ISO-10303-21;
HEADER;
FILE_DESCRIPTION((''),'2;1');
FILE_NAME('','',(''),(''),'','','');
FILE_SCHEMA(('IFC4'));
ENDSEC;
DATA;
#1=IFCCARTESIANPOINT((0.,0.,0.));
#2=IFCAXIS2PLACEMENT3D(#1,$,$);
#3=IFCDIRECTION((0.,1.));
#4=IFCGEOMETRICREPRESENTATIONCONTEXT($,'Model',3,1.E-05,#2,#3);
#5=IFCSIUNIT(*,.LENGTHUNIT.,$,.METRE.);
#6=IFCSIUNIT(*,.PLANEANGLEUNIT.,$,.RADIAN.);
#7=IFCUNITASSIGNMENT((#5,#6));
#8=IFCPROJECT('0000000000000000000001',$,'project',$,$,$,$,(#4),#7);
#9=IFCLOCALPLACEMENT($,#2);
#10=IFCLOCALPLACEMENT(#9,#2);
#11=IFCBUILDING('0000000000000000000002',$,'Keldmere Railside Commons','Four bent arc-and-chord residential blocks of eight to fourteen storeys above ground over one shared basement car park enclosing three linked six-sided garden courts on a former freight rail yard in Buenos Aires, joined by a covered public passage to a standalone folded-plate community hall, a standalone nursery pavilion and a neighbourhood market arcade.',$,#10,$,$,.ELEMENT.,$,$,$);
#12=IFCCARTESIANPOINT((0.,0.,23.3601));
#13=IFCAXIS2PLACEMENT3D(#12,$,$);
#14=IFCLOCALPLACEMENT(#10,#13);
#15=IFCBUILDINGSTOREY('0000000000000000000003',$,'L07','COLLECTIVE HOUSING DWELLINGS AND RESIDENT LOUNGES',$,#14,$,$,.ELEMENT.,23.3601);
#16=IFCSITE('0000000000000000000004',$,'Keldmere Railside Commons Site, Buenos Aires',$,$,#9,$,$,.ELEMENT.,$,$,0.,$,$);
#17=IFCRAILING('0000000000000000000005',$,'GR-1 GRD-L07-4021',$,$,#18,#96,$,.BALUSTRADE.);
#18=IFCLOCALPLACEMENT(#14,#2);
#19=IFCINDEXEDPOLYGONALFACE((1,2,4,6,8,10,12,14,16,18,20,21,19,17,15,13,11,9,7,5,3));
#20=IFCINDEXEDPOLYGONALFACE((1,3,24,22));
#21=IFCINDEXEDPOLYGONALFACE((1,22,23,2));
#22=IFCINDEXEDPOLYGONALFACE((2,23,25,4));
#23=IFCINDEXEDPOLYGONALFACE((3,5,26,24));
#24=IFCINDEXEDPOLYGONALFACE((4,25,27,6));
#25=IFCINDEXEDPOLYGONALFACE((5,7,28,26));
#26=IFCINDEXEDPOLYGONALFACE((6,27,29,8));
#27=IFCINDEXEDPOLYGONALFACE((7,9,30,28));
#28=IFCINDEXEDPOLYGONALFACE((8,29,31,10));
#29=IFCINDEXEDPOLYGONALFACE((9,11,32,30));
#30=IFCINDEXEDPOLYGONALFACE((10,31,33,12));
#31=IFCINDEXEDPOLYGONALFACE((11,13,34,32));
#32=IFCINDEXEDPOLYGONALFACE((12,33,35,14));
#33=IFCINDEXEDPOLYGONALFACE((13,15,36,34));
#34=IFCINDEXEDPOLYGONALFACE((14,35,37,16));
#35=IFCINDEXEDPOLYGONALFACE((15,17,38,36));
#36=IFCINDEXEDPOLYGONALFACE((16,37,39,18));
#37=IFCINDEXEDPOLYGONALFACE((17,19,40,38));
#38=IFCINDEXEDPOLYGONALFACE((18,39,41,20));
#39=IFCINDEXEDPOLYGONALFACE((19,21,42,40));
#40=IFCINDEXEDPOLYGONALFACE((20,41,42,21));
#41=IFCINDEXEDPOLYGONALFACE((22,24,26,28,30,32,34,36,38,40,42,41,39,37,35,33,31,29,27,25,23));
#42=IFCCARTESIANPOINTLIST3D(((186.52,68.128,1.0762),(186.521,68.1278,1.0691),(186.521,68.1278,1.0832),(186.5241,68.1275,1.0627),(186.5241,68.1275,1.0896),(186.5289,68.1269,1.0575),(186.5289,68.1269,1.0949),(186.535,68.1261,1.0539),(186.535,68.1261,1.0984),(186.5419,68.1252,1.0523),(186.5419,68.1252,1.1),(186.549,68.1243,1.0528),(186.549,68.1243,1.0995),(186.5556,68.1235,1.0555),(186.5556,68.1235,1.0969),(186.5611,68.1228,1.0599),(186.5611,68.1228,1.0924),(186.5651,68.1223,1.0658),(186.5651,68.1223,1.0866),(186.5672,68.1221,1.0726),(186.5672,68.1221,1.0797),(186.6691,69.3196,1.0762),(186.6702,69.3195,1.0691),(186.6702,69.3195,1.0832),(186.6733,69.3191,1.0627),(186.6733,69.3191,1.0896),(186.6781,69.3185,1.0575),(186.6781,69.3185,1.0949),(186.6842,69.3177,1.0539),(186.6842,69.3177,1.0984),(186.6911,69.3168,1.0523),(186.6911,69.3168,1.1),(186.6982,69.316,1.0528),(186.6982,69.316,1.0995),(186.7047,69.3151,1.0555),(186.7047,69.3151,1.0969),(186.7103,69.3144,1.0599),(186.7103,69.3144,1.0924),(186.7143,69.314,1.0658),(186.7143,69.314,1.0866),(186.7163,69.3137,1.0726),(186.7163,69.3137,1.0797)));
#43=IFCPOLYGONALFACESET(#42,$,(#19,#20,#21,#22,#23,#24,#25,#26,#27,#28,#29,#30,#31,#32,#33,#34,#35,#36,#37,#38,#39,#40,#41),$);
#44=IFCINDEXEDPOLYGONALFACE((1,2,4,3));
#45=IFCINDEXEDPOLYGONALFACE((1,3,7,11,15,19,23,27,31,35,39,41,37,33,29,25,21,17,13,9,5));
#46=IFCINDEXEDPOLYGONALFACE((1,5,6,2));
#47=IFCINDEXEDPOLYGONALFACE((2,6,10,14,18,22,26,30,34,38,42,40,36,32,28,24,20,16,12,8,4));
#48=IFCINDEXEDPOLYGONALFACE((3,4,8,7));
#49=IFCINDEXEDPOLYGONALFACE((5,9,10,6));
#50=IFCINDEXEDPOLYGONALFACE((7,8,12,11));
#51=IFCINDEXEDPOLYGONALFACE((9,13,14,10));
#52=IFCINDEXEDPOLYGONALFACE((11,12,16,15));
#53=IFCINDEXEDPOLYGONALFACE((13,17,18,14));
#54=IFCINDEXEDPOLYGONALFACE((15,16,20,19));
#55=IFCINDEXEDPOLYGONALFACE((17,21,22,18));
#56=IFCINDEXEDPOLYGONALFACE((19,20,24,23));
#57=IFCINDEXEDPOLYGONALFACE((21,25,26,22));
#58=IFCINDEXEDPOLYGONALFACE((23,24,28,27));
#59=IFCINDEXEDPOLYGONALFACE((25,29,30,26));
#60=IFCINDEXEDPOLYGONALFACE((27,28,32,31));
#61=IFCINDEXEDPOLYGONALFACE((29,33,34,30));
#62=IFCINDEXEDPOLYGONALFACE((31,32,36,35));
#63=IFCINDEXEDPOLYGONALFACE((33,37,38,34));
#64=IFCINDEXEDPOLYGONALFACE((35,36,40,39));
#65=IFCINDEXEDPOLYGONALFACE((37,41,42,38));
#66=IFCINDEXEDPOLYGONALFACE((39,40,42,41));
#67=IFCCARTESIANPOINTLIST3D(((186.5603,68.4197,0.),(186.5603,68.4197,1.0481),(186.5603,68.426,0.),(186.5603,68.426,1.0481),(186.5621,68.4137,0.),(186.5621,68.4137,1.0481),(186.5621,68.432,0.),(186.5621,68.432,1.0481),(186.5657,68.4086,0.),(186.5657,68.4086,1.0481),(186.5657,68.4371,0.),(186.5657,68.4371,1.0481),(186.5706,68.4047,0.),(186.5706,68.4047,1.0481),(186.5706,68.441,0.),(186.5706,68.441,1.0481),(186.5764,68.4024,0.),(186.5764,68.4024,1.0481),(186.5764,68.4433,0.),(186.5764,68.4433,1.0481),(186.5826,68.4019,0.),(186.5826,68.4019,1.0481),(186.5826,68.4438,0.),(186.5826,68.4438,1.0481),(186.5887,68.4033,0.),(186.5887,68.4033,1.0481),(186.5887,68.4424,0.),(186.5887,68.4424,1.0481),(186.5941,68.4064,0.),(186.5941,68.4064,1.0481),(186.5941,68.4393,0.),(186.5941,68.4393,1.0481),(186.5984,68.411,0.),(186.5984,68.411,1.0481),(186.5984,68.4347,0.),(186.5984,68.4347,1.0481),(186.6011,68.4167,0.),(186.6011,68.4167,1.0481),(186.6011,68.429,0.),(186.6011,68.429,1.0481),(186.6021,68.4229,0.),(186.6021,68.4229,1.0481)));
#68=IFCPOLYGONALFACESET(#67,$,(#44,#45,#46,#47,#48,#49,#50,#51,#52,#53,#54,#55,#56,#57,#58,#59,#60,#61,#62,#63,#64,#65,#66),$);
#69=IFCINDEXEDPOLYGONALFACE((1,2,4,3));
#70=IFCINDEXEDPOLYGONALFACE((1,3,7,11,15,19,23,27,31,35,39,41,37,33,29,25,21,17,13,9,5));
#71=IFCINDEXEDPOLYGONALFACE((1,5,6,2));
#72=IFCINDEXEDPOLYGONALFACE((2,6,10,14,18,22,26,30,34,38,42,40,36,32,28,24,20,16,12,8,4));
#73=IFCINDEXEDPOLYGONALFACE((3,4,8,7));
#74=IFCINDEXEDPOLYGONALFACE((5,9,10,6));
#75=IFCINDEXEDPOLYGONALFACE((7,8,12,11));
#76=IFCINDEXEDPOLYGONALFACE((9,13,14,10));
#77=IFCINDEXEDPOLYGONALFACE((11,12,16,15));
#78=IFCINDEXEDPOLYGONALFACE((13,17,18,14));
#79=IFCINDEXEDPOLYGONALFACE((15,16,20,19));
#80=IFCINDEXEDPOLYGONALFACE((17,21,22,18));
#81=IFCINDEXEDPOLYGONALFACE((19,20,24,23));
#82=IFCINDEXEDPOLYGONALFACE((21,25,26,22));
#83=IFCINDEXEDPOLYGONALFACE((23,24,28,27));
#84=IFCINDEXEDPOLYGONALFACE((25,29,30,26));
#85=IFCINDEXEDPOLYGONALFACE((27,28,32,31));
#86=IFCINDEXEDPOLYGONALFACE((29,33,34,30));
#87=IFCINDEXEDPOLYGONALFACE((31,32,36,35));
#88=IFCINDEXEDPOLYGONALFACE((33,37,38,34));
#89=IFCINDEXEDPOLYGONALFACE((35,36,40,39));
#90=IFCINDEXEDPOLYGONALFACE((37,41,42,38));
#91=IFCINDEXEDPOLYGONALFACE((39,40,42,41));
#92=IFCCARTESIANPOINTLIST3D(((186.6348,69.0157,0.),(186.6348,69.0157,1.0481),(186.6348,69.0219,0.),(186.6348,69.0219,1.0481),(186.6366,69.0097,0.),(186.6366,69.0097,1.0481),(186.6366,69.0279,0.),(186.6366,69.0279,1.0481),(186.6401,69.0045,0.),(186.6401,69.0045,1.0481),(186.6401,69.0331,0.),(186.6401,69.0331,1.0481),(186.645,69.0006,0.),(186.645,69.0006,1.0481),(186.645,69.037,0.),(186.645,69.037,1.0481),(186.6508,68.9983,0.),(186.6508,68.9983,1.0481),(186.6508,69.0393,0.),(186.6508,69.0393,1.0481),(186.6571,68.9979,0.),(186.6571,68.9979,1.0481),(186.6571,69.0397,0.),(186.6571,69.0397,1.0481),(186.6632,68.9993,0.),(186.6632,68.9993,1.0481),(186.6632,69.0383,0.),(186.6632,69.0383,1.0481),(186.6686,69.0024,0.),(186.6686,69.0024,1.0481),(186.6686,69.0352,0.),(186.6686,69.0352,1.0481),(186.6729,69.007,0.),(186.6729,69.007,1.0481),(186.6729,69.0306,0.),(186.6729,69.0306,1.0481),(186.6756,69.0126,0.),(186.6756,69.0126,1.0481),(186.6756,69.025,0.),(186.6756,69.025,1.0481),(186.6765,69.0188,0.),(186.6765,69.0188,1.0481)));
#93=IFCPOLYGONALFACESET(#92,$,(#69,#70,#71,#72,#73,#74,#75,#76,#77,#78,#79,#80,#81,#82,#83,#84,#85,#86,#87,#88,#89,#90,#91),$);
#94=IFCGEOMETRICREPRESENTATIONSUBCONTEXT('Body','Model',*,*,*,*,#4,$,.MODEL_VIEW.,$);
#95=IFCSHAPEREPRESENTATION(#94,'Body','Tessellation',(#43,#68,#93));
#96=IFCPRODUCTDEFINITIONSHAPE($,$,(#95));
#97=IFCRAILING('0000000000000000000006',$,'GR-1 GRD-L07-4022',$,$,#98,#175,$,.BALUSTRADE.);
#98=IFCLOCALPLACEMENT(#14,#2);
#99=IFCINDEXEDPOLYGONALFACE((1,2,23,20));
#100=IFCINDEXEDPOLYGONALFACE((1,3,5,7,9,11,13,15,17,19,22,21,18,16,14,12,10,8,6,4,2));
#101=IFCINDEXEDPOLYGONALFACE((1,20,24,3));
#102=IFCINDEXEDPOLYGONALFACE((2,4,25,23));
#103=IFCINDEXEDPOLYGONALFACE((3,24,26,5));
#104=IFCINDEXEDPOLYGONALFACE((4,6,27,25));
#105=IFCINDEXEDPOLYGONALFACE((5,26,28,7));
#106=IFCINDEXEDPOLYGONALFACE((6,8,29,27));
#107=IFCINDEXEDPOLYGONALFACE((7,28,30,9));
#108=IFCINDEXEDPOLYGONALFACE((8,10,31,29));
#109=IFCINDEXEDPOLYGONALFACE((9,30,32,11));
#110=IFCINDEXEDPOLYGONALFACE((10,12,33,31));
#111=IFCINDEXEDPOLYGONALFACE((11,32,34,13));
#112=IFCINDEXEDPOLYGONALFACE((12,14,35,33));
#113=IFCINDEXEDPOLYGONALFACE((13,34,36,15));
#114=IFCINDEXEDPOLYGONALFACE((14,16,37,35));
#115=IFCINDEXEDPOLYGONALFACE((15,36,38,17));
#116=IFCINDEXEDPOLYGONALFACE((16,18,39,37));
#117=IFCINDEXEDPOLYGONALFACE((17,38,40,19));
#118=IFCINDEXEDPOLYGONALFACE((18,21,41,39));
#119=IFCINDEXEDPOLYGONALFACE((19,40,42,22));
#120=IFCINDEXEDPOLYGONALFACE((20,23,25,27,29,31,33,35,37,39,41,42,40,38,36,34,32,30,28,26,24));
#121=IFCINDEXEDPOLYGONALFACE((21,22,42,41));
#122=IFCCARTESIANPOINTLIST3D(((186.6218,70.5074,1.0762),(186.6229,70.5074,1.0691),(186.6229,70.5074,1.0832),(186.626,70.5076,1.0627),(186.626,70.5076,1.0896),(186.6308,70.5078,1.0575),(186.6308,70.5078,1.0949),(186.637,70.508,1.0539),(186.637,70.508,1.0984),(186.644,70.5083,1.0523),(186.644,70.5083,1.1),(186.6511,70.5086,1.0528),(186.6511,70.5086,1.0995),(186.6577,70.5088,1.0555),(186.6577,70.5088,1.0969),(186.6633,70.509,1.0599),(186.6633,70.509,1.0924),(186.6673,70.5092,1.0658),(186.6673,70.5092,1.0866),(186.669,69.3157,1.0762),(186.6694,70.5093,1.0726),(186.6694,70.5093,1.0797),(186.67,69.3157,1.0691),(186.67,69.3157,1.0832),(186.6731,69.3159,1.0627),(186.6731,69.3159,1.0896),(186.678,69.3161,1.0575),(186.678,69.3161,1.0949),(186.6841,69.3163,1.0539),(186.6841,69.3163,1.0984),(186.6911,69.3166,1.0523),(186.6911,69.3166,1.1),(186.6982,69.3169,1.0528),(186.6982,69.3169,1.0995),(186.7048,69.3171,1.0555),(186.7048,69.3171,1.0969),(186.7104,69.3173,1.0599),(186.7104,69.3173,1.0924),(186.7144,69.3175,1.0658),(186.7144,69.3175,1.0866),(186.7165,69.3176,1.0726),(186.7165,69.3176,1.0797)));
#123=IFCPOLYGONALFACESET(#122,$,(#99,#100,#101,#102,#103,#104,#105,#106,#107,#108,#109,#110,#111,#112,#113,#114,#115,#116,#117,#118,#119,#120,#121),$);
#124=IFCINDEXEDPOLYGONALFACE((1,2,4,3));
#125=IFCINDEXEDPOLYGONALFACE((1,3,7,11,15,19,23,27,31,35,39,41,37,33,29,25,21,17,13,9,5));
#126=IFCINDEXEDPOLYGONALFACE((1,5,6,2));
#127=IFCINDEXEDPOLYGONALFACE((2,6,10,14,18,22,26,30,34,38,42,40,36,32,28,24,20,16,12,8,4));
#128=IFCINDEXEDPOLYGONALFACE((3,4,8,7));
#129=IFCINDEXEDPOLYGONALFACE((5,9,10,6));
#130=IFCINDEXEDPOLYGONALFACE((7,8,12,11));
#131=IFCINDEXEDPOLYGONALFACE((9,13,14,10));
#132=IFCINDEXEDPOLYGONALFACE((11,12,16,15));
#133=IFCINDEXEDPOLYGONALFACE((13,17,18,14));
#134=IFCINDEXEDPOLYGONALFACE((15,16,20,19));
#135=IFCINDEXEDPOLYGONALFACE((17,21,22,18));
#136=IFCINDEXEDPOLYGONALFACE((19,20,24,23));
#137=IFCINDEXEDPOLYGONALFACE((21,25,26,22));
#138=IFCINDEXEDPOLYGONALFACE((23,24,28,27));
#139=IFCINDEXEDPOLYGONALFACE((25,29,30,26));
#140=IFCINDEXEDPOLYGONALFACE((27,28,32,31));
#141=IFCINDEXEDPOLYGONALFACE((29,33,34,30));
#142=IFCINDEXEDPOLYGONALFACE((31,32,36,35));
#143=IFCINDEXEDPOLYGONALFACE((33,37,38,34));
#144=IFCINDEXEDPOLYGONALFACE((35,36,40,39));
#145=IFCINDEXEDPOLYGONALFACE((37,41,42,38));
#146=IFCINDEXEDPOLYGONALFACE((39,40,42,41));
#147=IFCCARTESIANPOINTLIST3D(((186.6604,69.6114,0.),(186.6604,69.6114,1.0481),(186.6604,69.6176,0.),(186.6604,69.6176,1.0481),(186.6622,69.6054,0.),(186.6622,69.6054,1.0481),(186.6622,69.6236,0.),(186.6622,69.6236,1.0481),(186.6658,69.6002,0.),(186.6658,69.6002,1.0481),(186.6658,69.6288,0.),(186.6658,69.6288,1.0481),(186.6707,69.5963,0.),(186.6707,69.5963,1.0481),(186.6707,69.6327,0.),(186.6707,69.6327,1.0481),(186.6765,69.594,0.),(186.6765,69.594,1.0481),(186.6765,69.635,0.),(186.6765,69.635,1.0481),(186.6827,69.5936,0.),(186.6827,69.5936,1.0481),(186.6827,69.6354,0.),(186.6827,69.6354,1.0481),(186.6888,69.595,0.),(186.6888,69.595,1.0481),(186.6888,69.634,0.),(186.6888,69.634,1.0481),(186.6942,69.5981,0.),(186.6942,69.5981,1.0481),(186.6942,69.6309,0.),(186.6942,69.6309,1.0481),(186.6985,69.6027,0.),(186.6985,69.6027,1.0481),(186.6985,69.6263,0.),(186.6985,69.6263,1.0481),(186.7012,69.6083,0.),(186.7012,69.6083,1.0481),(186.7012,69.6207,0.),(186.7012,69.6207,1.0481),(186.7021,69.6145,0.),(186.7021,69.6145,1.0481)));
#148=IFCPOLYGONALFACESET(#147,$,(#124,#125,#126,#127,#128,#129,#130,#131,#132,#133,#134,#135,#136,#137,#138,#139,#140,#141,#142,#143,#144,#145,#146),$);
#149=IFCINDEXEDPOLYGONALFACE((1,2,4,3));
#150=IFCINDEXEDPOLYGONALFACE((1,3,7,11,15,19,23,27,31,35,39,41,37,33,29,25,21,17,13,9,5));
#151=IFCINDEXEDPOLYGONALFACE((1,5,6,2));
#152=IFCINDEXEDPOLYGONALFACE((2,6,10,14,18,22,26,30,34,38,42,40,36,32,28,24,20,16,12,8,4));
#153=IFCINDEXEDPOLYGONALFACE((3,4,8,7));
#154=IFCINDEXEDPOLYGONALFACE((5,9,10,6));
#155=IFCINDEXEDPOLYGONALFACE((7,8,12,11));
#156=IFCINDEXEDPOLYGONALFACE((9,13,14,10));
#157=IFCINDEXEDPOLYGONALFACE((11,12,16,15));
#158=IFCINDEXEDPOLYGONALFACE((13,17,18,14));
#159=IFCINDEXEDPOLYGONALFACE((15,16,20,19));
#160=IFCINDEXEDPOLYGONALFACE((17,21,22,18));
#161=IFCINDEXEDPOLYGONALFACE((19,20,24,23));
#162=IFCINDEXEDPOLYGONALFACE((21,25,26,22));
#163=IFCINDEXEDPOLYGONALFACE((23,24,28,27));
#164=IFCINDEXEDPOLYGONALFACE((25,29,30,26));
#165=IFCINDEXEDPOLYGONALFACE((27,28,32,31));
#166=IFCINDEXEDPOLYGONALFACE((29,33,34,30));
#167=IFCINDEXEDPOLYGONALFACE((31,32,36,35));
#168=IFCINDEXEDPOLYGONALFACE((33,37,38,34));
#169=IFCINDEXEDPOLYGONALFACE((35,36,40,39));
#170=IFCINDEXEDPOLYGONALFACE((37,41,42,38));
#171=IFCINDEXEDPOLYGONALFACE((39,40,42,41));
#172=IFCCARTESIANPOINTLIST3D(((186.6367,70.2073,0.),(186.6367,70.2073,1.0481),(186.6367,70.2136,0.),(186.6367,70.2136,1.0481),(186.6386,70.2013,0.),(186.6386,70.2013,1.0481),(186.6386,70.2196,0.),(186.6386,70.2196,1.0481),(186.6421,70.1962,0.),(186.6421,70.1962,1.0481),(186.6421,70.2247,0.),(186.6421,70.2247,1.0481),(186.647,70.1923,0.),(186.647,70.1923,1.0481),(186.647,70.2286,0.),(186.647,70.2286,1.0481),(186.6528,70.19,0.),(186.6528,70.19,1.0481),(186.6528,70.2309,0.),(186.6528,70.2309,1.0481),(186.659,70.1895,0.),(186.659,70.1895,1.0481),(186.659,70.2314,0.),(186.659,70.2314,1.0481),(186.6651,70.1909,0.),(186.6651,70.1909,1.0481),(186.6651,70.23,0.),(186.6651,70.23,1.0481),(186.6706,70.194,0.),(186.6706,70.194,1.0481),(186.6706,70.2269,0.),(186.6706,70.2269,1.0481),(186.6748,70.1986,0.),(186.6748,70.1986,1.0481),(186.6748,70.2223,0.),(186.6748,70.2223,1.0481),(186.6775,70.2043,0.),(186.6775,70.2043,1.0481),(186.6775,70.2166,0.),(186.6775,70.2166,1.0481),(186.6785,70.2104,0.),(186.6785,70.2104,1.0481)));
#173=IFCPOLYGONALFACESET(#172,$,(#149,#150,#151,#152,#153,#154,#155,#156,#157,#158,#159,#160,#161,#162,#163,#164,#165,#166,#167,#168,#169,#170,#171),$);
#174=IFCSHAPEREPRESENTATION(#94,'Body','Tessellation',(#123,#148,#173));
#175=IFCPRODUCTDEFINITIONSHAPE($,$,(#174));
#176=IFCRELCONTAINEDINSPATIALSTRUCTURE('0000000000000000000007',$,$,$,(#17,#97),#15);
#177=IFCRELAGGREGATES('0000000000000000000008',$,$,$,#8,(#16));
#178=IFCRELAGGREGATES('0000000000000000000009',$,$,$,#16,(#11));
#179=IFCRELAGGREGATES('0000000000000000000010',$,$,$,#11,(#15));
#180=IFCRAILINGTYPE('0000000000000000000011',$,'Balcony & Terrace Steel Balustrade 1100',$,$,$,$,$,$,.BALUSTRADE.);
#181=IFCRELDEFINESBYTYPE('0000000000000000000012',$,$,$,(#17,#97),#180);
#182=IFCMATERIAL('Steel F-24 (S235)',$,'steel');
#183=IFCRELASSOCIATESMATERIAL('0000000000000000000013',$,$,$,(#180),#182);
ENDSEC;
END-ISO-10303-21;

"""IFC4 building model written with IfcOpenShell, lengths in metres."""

from ifc_helpers import new_model, si_unit, direction, frame, origin, origin_2d, place, context, subcontext, project, spatial, circle, extrude, material, type_object, element, save


model = new_model("IFC4")

# Units and contexts
model_context = context("Model", 3, precision=1e-05, world=origin(), true_north=direction((0.0, 1.0)))
body_context = subcontext(model_context, "Body", "Model", "MODEL_VIEW")
ifc_project = project(units=[si_unit("LENGTHUNIT", "METRE"), si_unit("PLANEANGLEUNIT", "RADIAN")], contexts=[model_context])

# Site, building, storey
site_placement = place(None, origin())
site = spatial("IfcSite", under=ifc_project, at=site_placement, Name="Keldmere Railside Commons Site, Buenos Aires", CompositionType="ELEMENT", RefElevation=0.0)
building_placement = place(site_placement, origin())
building = spatial("IfcBuilding", under=site, at=building_placement, Name="Keldmere Railside Commons", Description="Four bent arc-and-chord residential blocks of eight to fourteen storeys above ground over one shared basement car park enclosing three linked six-sided garden courts on a former freight rail yard in Buenos Aires, joined by a covered public passage to a standalone folded-plate community hall, a standalone nursery pavilion and a neighbourhood market arcade.", CompositionType="ELEMENT")
storey_placement = place(building_placement, frame((0.0, 0.0, 23.3601)))
storey = spatial("IfcBuildingStorey", under=building, at=storey_placement, Name="L07", Description="COLLECTIVE HOUSING DWELLINGS AND RESIDENT LOUNGES", CompositionType="ELEMENT", Elevation=23.3601)

# Shared definitions
ifc_material_1 = material(Name="Steel F-24 (S235)", Category="steel")

# Railings
railing_type_1 = type_object("IfcRailingType", Name="Balcony & Terrace Steel Balustrade 1100", PredefinedType="BALUSTRADE", material=ifc_material_1)
railing_1_placement = place(storey_placement, frame((186.5437, 68.125, 0.0)))
element("IfcRailing", 1, at=railing_1_placement, inside=storey, type_object=railing_type_1, Name="GR-1 GRD-L07-4021", PredefinedType="BALUSTRADE", context=body_context, shape_type="SweptSolid", body=[
    extrude(circle(Radius=0.0239, at=origin_2d()), frame((0.0, 0.0, 1.0762), z_axis=(0.12421, 0.992256, 0.0), x_axis=(-0.992256, 0.12421, 0.0)), (0.0, 0.0, 1.0), 1.2009),
    extrude(circle(Radius=0.021, at=origin_2d()), frame((0.0374, 0.2979, 0.0)), (0.0, 0.0, 1.0), 1.0481),
    extrude(circle(Radius=0.021, at=origin_2d()), frame((0.1118, 0.8938, 0.0)), (0.0, 0.0, 1.0), 1.0481),
])
railing_2_placement = place(storey_placement, frame((186.6929, 69.3167, 0.0)))
element("IfcRailing", 2, at=railing_2_placement, inside=storey, type_object=railing_type_1, Name="GR-1 GRD-L07-4022", PredefinedType="BALUSTRADE", context=body_context, shape_type="SweptSolid", body=[
    extrude(circle(Radius=0.0239, at=origin_2d()), frame((0.0, 0.0, 1.0762), z_axis=(-0.03951, 0.999219, 0.0), x_axis=(-0.999219, -0.03951, 0.0)), (0.0, 0.0, 1.0), 1.1926),
    extrude(circle(Radius=0.021, at=origin_2d()), frame((-0.0117, 0.2979, 0.0)), (0.0, 0.0, 1.0), 1.0481),
    extrude(circle(Radius=0.021, at=origin_2d()), frame((-0.0354, 0.8938, 0.0)), (0.0, 0.0, 1.0), 1.0481),
])

save(model, "model.ifc")
